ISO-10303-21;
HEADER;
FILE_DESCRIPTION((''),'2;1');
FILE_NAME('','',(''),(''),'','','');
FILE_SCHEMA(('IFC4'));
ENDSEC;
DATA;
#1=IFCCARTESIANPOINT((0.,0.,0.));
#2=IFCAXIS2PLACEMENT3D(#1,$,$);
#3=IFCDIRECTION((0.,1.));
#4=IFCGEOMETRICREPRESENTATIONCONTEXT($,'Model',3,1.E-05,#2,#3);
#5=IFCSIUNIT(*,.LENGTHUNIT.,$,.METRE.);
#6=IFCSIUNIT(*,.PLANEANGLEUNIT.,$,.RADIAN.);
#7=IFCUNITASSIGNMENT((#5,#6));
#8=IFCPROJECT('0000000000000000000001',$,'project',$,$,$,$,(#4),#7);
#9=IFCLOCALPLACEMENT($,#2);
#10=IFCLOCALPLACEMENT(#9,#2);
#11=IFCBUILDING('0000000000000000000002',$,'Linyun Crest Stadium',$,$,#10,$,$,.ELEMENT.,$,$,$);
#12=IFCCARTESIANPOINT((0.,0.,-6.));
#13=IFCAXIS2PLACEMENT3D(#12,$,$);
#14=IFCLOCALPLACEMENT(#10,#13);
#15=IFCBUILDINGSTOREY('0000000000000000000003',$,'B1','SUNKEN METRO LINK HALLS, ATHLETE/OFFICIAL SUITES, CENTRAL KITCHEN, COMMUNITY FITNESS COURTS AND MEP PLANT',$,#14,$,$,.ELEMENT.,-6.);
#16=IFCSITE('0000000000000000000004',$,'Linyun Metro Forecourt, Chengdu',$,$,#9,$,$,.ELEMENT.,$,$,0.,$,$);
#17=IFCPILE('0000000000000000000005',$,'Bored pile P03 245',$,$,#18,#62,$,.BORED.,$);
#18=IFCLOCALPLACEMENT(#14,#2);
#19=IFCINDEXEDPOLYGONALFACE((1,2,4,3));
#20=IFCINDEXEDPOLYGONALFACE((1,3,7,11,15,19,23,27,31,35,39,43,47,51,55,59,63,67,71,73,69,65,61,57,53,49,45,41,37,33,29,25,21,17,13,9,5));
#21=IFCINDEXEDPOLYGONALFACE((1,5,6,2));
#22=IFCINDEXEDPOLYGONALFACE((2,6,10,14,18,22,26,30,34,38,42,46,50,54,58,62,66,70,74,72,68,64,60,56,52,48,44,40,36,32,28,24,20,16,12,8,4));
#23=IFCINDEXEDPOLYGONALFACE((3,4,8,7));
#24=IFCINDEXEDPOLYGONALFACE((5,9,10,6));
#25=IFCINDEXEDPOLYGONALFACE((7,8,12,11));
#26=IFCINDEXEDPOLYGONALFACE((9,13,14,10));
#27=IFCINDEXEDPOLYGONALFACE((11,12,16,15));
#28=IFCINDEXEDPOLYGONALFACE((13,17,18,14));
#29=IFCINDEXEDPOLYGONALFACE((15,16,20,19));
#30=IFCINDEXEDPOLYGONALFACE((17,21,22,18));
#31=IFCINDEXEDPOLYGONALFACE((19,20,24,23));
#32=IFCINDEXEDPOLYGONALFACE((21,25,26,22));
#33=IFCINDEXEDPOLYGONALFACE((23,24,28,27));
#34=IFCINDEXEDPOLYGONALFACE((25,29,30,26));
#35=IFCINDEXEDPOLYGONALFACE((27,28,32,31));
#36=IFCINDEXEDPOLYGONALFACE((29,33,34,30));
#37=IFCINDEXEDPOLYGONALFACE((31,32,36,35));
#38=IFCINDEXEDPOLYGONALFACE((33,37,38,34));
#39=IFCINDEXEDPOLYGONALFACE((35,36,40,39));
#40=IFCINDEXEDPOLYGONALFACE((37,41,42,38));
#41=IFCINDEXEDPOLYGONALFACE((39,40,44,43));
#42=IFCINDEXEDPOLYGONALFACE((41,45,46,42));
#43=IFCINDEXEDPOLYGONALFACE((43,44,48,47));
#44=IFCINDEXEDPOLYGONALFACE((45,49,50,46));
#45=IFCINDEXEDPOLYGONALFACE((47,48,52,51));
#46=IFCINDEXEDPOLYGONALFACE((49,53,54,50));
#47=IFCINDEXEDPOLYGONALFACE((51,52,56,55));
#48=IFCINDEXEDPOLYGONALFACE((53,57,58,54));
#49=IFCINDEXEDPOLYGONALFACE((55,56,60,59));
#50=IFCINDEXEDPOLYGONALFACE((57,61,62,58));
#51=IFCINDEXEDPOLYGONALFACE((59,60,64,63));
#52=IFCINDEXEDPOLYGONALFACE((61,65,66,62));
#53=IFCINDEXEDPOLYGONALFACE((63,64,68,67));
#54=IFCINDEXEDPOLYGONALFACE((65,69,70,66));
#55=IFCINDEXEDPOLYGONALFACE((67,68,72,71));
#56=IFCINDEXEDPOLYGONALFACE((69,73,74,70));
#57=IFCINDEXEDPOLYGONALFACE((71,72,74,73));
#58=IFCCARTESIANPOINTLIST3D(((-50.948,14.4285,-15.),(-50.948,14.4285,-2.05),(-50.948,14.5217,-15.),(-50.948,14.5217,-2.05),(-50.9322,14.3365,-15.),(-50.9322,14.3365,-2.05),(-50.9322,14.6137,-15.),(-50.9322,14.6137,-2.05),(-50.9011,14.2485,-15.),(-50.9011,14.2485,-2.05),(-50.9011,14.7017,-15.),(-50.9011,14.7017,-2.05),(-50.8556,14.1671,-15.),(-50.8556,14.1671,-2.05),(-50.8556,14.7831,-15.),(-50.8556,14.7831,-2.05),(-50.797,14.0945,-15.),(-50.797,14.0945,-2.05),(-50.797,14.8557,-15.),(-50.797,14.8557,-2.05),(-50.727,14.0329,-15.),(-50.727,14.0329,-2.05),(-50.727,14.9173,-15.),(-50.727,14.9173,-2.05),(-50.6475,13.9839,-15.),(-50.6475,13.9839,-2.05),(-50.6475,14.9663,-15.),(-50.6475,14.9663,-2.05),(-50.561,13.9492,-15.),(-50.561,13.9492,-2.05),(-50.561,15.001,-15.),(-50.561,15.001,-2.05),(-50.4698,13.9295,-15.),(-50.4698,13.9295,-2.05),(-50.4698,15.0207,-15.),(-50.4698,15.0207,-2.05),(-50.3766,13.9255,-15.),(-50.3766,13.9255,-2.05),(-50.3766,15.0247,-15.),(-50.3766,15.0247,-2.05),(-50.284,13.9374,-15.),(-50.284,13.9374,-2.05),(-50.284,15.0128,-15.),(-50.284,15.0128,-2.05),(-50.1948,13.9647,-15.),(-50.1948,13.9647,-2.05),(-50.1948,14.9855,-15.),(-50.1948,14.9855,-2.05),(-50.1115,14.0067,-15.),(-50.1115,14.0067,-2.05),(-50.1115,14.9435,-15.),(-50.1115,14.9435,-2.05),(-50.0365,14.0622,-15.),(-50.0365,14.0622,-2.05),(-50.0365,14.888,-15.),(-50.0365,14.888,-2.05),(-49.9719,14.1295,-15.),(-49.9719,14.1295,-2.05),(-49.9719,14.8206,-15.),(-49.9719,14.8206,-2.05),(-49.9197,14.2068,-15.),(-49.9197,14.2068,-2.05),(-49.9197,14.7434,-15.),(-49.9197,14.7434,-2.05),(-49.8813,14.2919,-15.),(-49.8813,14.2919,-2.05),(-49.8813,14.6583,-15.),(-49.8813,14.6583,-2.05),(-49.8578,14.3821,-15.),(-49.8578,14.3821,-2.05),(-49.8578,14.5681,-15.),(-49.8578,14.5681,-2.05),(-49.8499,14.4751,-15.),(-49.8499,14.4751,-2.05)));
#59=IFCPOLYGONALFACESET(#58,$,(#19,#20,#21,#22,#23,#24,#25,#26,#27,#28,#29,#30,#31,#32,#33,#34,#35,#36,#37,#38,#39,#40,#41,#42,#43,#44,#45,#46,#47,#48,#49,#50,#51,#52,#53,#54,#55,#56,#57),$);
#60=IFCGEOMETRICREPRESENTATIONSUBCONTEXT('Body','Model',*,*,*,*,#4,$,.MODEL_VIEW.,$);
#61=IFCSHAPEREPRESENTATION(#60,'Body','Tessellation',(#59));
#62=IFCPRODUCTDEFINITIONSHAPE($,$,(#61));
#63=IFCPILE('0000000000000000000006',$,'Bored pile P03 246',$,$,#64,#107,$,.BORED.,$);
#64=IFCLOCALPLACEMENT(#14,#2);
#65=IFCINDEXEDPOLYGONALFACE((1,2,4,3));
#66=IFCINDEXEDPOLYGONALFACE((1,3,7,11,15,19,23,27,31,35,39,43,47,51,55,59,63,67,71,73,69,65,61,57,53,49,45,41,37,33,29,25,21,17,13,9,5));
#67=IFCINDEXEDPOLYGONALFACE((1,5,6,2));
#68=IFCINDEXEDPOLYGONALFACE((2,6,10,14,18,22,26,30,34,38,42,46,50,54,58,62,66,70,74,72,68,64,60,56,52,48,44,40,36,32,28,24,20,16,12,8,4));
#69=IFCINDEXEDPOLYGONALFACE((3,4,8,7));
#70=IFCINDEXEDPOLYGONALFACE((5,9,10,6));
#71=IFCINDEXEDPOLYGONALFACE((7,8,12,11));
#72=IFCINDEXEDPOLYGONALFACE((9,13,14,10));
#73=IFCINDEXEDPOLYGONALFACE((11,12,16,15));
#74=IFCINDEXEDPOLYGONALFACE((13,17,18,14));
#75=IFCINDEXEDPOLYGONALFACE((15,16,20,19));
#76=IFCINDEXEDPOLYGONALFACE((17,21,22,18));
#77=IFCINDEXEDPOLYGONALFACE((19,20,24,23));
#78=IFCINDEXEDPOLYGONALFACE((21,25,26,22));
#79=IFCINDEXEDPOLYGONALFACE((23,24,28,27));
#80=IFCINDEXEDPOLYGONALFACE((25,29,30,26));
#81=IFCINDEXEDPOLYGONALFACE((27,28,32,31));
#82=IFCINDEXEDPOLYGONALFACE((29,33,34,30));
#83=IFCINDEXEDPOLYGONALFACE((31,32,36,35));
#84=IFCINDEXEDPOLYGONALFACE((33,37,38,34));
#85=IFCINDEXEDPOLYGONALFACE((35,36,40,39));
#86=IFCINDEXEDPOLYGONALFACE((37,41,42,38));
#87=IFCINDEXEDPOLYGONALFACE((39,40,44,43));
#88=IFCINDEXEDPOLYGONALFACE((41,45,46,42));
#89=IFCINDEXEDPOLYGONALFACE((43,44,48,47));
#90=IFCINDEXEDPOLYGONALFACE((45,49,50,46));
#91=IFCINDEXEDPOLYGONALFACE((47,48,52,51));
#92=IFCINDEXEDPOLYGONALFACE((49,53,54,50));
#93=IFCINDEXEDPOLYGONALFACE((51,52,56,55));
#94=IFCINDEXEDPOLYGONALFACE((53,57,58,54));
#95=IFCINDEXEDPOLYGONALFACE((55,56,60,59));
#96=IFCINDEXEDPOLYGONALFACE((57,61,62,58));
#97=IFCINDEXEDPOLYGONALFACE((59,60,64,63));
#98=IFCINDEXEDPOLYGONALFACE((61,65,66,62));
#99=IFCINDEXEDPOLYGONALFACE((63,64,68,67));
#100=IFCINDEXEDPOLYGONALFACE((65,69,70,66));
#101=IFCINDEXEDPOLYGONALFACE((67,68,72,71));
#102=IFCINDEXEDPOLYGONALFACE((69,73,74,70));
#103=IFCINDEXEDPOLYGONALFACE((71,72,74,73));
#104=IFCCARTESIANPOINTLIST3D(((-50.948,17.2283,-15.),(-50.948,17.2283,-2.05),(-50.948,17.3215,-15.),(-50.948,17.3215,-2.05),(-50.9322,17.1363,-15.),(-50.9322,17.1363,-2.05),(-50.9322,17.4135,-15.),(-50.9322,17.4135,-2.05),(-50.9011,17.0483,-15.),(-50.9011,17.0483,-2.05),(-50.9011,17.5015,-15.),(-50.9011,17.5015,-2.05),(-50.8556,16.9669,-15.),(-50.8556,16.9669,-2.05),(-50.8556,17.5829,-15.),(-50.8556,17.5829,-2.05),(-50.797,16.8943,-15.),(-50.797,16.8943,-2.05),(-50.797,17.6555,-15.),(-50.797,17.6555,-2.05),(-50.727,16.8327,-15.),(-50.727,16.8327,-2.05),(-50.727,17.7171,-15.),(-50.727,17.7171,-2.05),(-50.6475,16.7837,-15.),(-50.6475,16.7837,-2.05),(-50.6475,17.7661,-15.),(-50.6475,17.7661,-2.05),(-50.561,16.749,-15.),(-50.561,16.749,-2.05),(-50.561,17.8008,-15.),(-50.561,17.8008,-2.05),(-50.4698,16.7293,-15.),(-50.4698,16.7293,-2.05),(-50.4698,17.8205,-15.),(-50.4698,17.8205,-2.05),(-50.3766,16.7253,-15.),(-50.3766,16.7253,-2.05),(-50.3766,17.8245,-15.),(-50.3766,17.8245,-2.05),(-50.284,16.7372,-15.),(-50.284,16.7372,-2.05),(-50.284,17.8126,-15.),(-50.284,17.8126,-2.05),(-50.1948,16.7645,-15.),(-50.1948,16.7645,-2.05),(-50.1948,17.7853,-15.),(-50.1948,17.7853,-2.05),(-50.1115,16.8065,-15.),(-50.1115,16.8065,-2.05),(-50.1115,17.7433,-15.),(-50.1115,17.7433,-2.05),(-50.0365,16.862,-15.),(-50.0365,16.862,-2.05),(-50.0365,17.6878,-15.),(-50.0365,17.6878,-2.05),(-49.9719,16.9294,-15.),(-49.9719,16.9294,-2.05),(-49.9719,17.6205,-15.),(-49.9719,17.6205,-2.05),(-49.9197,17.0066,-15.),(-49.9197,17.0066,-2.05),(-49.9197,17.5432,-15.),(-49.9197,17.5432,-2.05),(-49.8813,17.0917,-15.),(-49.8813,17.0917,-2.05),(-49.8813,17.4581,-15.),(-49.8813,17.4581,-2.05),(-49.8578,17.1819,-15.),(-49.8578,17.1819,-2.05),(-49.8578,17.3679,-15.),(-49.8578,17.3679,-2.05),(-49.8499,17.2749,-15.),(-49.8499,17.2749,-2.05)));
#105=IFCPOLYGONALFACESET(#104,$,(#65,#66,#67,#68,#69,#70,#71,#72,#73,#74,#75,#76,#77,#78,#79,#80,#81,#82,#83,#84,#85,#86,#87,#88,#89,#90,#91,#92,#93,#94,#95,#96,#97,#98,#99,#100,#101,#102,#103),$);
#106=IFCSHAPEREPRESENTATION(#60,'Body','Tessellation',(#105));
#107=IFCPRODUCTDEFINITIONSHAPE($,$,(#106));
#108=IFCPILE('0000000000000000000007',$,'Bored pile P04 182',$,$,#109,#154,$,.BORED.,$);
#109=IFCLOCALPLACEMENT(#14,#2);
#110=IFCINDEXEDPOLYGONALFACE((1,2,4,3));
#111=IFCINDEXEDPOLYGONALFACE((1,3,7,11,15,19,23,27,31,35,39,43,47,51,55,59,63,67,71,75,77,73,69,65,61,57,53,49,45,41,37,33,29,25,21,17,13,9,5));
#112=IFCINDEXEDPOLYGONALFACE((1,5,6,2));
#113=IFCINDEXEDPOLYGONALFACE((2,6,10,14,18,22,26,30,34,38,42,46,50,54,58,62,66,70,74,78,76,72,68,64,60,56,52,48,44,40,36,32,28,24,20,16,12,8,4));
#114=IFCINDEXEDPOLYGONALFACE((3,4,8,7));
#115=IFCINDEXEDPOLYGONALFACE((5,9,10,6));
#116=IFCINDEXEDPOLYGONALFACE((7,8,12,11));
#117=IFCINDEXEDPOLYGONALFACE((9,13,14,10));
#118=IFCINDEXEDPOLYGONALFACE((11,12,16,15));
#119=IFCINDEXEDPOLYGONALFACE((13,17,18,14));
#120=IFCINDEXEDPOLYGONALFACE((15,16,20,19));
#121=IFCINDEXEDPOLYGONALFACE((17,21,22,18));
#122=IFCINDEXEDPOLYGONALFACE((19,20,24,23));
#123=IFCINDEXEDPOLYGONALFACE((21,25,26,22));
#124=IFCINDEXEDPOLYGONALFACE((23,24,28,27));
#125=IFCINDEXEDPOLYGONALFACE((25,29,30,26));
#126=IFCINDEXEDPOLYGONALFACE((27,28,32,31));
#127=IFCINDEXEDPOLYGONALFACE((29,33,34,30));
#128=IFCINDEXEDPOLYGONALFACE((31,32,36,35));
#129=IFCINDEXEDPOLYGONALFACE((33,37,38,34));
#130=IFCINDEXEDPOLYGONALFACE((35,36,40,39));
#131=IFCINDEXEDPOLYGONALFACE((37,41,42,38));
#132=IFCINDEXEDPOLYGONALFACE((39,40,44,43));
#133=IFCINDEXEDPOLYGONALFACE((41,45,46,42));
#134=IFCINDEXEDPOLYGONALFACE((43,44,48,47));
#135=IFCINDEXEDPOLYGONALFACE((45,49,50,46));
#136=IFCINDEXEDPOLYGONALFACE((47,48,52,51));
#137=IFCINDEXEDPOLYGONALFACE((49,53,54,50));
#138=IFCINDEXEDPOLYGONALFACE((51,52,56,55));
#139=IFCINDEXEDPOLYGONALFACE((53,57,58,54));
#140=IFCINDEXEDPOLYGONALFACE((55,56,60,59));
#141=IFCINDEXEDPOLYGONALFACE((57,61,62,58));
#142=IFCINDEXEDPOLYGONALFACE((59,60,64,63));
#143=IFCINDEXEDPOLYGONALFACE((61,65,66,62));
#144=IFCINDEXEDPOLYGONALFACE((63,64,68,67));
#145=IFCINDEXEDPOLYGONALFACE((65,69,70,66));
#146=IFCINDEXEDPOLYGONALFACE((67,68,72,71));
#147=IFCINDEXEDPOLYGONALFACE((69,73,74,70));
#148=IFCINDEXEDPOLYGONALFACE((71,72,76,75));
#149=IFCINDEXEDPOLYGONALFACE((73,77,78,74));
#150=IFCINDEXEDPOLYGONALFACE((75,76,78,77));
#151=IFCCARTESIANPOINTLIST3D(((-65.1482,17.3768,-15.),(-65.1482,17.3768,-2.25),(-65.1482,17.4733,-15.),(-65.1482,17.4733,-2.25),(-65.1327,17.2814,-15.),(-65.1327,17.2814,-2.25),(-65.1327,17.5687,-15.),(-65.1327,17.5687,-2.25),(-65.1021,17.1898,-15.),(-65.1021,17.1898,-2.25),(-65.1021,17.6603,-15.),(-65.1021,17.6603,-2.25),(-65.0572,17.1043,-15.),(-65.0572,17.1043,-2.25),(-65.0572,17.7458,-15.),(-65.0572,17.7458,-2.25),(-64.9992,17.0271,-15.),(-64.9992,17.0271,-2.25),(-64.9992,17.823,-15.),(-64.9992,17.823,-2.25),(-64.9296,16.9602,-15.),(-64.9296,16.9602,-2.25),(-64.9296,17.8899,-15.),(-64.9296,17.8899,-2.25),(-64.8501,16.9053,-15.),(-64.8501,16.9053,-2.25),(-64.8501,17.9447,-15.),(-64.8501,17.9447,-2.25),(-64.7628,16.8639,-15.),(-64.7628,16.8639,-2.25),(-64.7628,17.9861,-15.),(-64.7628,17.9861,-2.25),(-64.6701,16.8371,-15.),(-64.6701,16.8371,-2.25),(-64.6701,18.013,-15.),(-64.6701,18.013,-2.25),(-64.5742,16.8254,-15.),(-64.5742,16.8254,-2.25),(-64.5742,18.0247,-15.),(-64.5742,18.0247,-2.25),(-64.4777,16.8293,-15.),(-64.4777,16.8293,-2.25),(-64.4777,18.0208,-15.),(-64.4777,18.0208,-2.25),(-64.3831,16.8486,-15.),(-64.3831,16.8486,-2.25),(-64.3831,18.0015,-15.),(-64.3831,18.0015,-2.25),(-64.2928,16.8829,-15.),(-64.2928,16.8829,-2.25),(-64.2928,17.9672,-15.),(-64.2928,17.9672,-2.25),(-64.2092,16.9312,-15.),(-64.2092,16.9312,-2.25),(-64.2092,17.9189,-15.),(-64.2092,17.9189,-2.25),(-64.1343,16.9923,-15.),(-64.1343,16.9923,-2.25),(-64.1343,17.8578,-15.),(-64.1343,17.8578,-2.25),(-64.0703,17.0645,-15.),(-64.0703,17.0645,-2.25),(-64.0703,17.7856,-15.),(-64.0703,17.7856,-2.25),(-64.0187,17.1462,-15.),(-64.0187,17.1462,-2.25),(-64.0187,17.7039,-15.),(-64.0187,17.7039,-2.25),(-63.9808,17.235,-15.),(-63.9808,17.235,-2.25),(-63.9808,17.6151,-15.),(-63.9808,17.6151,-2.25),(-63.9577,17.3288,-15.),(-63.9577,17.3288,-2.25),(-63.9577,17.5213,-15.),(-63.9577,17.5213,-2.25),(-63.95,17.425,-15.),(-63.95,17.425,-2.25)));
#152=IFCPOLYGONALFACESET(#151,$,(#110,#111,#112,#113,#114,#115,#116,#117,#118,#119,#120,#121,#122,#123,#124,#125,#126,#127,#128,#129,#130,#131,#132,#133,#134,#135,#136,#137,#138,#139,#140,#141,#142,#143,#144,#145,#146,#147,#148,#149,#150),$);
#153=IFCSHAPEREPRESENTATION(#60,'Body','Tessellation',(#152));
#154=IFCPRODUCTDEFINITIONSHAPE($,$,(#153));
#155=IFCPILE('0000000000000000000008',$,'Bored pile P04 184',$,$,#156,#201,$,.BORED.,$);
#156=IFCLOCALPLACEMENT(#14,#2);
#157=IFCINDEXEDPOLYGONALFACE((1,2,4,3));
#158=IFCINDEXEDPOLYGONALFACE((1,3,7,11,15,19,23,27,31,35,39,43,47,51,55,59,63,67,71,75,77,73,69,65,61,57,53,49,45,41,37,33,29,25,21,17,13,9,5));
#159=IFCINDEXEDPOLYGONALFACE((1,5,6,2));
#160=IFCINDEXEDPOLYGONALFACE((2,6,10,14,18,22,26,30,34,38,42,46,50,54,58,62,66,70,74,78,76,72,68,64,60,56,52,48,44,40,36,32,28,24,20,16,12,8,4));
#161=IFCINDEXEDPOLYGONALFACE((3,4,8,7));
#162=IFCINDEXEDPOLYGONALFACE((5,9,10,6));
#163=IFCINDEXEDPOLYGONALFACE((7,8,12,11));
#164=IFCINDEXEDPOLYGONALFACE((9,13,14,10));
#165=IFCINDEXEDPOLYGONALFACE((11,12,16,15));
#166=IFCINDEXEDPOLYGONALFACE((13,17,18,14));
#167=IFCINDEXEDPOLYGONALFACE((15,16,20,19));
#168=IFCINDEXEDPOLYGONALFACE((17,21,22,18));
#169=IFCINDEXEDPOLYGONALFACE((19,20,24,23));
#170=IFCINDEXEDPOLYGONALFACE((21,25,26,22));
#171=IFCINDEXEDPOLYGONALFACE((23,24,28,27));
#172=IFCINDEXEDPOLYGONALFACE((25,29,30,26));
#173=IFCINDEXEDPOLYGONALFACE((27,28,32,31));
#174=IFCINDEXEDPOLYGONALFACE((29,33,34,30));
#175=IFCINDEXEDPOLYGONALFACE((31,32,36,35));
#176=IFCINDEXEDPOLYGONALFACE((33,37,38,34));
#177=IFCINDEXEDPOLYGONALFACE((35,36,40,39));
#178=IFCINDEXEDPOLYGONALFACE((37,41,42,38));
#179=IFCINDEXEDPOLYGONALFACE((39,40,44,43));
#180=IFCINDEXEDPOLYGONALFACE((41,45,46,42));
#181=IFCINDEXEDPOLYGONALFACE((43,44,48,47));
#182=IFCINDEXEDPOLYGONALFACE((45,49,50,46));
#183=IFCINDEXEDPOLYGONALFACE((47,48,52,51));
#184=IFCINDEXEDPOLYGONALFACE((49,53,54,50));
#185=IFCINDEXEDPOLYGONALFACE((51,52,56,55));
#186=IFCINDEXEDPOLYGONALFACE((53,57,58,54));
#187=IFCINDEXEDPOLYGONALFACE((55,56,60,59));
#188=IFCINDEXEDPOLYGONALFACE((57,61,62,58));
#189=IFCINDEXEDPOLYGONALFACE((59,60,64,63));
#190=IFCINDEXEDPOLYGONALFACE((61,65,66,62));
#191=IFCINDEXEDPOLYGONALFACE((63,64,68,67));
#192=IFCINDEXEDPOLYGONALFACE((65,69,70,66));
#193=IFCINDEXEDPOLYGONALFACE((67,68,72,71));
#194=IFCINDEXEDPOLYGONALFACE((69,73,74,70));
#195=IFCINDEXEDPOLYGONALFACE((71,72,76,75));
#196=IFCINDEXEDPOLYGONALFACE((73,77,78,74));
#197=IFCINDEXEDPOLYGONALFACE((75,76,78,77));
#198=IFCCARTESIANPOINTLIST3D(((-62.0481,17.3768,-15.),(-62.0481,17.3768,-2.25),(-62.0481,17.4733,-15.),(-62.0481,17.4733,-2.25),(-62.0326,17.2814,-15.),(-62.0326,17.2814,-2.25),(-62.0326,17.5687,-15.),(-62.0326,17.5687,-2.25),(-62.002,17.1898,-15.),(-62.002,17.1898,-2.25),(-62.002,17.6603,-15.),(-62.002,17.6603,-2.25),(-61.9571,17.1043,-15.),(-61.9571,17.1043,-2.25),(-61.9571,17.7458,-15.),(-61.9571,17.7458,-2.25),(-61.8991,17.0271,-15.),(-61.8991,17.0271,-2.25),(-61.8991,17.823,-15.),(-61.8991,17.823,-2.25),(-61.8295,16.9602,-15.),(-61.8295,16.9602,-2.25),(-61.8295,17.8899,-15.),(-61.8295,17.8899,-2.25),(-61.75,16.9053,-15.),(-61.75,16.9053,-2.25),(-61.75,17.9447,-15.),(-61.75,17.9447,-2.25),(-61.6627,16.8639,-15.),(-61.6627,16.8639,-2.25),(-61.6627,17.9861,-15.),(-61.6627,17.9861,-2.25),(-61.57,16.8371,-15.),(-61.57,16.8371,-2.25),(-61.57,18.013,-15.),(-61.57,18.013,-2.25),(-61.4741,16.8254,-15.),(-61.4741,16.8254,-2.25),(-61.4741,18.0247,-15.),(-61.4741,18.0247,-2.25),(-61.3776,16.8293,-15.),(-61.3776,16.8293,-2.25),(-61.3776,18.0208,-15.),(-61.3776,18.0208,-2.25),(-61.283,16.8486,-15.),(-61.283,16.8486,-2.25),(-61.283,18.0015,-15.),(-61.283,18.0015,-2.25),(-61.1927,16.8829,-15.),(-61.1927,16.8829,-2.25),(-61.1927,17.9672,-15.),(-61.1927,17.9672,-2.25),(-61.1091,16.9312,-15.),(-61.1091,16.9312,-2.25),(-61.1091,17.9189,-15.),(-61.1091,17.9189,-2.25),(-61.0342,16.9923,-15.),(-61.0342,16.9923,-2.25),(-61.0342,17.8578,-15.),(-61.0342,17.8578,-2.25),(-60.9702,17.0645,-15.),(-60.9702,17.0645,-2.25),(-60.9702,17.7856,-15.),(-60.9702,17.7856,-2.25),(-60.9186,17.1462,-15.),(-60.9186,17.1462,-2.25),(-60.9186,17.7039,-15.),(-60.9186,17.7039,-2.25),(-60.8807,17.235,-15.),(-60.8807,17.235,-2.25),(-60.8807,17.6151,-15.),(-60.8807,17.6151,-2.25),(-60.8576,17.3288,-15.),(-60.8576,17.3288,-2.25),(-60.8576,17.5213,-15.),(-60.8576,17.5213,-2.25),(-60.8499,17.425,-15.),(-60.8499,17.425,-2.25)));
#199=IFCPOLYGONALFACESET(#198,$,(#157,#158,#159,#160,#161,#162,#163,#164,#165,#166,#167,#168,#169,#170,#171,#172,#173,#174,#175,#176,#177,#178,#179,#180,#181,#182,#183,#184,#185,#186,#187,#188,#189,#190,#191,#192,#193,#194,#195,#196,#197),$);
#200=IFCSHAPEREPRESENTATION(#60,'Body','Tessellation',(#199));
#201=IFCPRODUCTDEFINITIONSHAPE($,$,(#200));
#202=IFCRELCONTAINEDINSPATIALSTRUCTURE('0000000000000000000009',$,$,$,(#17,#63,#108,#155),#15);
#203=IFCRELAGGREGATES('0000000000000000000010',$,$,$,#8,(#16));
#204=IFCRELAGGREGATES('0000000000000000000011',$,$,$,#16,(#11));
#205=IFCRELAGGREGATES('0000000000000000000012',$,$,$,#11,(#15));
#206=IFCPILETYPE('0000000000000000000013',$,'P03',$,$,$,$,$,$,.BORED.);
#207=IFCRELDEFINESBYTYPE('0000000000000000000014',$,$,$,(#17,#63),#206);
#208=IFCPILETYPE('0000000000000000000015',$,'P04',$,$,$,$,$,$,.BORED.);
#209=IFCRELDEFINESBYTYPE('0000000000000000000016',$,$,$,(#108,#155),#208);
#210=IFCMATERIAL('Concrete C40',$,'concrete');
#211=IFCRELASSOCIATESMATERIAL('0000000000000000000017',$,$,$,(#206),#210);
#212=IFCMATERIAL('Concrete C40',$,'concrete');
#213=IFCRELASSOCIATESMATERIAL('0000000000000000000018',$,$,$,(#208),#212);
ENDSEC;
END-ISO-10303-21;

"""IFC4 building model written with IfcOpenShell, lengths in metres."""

from ifc_helpers import new_model, si_unit, direction, frame, origin, origin_2d, place, context, subcontext, project, spatial, circle, extrude, material, material_profile, profile_set, type_object, element, save


model = new_model("IFC4")

# Units and contexts
model_context = context("Model", 3, precision=1e-05, world=origin(), true_north=direction((0.0, 1.0)))
body_context = subcontext(model_context, "Body", "Model", "MODEL_VIEW")
ifc_project = project(units=[si_unit("LENGTHUNIT", "METRE"), si_unit("PLANEANGLEUNIT", "RADIAN")], contexts=[model_context])

# Site, building, storey
site_placement = place(None, origin())
site = spatial("IfcSite", under=ifc_project, at=site_placement, Name="Linyun Metro Forecourt, Chengdu", CompositionType="ELEMENT", RefElevation=0.0)
building_placement = place(site_placement, origin())
building = spatial("IfcBuilding", under=site, at=building_placement, Name="Linyun Crest Stadium", CompositionType="ELEMENT")
storey_placement = place(building_placement, frame((0.0, 0.0, -6.0)))
storey = spatial("IfcBuildingStorey", under=building, at=storey_placement, Name="B1", Description="SUNKEN METRO LINK HALLS, ATHLETE/OFFICIAL SUITES, CENTRAL KITCHEN, COMMUNITY FITNESS COURTS AND MEP PLANT", CompositionType="ELEMENT", Elevation=-6.0)

# Piles
ifc_material_1 = material(Name="Concrete C40", Category="concrete")
ifc_material_profile_1 = material_profile(ifc_material_1, circle(Radius=0.55, at=origin_2d()), Name="BORED PILE 1100")
ifc_profile_set_1 = profile_set([ifc_material_profile_1], Name="Concrete C40")
pile_type_1 = type_object("IfcPileType", Name="P03", PredefinedType="BORED", material=ifc_profile_set_1)
for number, where, z_axis, x_axis, name in (
    (1, (-50.3999, 14.4751, -2.05), (0.0, 0.0, -1.0), (1.0, 0.0, 0.0), "Bored pile P03 245"),
    (2, (-50.3999, 17.2749, -2.05), (0.0, 0.0, -1.0), (1.0, 0.0, 0.0), "Bored pile P03 246"),
):
    element("IfcPile", number, at=place(storey_placement, frame(where, z_axis=z_axis, x_axis=x_axis)), inside=storey, type_object=pile_type_1, Name=name, PredefinedType="BORED", context=body_context, shape_type="SweptSolid", body=[
        extrude(circle(Radius=0.55, at=origin_2d()), origin(), (0.0, 0.0, 1.0), 12.95),
    ])
ifc_material_2 = material(Name="Concrete C40", Category="concrete")
ifc_material_profile_2 = material_profile(ifc_material_2, circle(Radius=0.6001, at=origin_2d()), Name="BORED PILE 1200")
ifc_profile_set_2 = profile_set([ifc_material_profile_2], Name="Concrete C40")
pile_type_2 = type_object("IfcPileType", Name="P04", PredefinedType="BORED", material=ifc_profile_set_2)
for number, where, z_axis, x_axis, name in (
    (3, (-64.55, 17.425, -2.25), (0.0, 0.0, -1.0), (1.0, 0.0, 0.0), "Bored pile P04 182"),
    (4, (-61.45, 17.425, -2.25), (0.0, 0.0, -1.0), (1.0, 0.0, 0.0), "Bored pile P04 184"),
):
    element("IfcPile", number, at=place(storey_placement, frame(where, z_axis=z_axis, x_axis=x_axis)), inside=storey, type_object=pile_type_2, Name=name, PredefinedType="BORED", context=body_context, shape_type="SweptSolid", body=[
        extrude(circle(Radius=0.6001, at=origin_2d()), origin(), (0.0, 0.0, 1.0), 12.75),
    ])

save(model, "model.ifc")
